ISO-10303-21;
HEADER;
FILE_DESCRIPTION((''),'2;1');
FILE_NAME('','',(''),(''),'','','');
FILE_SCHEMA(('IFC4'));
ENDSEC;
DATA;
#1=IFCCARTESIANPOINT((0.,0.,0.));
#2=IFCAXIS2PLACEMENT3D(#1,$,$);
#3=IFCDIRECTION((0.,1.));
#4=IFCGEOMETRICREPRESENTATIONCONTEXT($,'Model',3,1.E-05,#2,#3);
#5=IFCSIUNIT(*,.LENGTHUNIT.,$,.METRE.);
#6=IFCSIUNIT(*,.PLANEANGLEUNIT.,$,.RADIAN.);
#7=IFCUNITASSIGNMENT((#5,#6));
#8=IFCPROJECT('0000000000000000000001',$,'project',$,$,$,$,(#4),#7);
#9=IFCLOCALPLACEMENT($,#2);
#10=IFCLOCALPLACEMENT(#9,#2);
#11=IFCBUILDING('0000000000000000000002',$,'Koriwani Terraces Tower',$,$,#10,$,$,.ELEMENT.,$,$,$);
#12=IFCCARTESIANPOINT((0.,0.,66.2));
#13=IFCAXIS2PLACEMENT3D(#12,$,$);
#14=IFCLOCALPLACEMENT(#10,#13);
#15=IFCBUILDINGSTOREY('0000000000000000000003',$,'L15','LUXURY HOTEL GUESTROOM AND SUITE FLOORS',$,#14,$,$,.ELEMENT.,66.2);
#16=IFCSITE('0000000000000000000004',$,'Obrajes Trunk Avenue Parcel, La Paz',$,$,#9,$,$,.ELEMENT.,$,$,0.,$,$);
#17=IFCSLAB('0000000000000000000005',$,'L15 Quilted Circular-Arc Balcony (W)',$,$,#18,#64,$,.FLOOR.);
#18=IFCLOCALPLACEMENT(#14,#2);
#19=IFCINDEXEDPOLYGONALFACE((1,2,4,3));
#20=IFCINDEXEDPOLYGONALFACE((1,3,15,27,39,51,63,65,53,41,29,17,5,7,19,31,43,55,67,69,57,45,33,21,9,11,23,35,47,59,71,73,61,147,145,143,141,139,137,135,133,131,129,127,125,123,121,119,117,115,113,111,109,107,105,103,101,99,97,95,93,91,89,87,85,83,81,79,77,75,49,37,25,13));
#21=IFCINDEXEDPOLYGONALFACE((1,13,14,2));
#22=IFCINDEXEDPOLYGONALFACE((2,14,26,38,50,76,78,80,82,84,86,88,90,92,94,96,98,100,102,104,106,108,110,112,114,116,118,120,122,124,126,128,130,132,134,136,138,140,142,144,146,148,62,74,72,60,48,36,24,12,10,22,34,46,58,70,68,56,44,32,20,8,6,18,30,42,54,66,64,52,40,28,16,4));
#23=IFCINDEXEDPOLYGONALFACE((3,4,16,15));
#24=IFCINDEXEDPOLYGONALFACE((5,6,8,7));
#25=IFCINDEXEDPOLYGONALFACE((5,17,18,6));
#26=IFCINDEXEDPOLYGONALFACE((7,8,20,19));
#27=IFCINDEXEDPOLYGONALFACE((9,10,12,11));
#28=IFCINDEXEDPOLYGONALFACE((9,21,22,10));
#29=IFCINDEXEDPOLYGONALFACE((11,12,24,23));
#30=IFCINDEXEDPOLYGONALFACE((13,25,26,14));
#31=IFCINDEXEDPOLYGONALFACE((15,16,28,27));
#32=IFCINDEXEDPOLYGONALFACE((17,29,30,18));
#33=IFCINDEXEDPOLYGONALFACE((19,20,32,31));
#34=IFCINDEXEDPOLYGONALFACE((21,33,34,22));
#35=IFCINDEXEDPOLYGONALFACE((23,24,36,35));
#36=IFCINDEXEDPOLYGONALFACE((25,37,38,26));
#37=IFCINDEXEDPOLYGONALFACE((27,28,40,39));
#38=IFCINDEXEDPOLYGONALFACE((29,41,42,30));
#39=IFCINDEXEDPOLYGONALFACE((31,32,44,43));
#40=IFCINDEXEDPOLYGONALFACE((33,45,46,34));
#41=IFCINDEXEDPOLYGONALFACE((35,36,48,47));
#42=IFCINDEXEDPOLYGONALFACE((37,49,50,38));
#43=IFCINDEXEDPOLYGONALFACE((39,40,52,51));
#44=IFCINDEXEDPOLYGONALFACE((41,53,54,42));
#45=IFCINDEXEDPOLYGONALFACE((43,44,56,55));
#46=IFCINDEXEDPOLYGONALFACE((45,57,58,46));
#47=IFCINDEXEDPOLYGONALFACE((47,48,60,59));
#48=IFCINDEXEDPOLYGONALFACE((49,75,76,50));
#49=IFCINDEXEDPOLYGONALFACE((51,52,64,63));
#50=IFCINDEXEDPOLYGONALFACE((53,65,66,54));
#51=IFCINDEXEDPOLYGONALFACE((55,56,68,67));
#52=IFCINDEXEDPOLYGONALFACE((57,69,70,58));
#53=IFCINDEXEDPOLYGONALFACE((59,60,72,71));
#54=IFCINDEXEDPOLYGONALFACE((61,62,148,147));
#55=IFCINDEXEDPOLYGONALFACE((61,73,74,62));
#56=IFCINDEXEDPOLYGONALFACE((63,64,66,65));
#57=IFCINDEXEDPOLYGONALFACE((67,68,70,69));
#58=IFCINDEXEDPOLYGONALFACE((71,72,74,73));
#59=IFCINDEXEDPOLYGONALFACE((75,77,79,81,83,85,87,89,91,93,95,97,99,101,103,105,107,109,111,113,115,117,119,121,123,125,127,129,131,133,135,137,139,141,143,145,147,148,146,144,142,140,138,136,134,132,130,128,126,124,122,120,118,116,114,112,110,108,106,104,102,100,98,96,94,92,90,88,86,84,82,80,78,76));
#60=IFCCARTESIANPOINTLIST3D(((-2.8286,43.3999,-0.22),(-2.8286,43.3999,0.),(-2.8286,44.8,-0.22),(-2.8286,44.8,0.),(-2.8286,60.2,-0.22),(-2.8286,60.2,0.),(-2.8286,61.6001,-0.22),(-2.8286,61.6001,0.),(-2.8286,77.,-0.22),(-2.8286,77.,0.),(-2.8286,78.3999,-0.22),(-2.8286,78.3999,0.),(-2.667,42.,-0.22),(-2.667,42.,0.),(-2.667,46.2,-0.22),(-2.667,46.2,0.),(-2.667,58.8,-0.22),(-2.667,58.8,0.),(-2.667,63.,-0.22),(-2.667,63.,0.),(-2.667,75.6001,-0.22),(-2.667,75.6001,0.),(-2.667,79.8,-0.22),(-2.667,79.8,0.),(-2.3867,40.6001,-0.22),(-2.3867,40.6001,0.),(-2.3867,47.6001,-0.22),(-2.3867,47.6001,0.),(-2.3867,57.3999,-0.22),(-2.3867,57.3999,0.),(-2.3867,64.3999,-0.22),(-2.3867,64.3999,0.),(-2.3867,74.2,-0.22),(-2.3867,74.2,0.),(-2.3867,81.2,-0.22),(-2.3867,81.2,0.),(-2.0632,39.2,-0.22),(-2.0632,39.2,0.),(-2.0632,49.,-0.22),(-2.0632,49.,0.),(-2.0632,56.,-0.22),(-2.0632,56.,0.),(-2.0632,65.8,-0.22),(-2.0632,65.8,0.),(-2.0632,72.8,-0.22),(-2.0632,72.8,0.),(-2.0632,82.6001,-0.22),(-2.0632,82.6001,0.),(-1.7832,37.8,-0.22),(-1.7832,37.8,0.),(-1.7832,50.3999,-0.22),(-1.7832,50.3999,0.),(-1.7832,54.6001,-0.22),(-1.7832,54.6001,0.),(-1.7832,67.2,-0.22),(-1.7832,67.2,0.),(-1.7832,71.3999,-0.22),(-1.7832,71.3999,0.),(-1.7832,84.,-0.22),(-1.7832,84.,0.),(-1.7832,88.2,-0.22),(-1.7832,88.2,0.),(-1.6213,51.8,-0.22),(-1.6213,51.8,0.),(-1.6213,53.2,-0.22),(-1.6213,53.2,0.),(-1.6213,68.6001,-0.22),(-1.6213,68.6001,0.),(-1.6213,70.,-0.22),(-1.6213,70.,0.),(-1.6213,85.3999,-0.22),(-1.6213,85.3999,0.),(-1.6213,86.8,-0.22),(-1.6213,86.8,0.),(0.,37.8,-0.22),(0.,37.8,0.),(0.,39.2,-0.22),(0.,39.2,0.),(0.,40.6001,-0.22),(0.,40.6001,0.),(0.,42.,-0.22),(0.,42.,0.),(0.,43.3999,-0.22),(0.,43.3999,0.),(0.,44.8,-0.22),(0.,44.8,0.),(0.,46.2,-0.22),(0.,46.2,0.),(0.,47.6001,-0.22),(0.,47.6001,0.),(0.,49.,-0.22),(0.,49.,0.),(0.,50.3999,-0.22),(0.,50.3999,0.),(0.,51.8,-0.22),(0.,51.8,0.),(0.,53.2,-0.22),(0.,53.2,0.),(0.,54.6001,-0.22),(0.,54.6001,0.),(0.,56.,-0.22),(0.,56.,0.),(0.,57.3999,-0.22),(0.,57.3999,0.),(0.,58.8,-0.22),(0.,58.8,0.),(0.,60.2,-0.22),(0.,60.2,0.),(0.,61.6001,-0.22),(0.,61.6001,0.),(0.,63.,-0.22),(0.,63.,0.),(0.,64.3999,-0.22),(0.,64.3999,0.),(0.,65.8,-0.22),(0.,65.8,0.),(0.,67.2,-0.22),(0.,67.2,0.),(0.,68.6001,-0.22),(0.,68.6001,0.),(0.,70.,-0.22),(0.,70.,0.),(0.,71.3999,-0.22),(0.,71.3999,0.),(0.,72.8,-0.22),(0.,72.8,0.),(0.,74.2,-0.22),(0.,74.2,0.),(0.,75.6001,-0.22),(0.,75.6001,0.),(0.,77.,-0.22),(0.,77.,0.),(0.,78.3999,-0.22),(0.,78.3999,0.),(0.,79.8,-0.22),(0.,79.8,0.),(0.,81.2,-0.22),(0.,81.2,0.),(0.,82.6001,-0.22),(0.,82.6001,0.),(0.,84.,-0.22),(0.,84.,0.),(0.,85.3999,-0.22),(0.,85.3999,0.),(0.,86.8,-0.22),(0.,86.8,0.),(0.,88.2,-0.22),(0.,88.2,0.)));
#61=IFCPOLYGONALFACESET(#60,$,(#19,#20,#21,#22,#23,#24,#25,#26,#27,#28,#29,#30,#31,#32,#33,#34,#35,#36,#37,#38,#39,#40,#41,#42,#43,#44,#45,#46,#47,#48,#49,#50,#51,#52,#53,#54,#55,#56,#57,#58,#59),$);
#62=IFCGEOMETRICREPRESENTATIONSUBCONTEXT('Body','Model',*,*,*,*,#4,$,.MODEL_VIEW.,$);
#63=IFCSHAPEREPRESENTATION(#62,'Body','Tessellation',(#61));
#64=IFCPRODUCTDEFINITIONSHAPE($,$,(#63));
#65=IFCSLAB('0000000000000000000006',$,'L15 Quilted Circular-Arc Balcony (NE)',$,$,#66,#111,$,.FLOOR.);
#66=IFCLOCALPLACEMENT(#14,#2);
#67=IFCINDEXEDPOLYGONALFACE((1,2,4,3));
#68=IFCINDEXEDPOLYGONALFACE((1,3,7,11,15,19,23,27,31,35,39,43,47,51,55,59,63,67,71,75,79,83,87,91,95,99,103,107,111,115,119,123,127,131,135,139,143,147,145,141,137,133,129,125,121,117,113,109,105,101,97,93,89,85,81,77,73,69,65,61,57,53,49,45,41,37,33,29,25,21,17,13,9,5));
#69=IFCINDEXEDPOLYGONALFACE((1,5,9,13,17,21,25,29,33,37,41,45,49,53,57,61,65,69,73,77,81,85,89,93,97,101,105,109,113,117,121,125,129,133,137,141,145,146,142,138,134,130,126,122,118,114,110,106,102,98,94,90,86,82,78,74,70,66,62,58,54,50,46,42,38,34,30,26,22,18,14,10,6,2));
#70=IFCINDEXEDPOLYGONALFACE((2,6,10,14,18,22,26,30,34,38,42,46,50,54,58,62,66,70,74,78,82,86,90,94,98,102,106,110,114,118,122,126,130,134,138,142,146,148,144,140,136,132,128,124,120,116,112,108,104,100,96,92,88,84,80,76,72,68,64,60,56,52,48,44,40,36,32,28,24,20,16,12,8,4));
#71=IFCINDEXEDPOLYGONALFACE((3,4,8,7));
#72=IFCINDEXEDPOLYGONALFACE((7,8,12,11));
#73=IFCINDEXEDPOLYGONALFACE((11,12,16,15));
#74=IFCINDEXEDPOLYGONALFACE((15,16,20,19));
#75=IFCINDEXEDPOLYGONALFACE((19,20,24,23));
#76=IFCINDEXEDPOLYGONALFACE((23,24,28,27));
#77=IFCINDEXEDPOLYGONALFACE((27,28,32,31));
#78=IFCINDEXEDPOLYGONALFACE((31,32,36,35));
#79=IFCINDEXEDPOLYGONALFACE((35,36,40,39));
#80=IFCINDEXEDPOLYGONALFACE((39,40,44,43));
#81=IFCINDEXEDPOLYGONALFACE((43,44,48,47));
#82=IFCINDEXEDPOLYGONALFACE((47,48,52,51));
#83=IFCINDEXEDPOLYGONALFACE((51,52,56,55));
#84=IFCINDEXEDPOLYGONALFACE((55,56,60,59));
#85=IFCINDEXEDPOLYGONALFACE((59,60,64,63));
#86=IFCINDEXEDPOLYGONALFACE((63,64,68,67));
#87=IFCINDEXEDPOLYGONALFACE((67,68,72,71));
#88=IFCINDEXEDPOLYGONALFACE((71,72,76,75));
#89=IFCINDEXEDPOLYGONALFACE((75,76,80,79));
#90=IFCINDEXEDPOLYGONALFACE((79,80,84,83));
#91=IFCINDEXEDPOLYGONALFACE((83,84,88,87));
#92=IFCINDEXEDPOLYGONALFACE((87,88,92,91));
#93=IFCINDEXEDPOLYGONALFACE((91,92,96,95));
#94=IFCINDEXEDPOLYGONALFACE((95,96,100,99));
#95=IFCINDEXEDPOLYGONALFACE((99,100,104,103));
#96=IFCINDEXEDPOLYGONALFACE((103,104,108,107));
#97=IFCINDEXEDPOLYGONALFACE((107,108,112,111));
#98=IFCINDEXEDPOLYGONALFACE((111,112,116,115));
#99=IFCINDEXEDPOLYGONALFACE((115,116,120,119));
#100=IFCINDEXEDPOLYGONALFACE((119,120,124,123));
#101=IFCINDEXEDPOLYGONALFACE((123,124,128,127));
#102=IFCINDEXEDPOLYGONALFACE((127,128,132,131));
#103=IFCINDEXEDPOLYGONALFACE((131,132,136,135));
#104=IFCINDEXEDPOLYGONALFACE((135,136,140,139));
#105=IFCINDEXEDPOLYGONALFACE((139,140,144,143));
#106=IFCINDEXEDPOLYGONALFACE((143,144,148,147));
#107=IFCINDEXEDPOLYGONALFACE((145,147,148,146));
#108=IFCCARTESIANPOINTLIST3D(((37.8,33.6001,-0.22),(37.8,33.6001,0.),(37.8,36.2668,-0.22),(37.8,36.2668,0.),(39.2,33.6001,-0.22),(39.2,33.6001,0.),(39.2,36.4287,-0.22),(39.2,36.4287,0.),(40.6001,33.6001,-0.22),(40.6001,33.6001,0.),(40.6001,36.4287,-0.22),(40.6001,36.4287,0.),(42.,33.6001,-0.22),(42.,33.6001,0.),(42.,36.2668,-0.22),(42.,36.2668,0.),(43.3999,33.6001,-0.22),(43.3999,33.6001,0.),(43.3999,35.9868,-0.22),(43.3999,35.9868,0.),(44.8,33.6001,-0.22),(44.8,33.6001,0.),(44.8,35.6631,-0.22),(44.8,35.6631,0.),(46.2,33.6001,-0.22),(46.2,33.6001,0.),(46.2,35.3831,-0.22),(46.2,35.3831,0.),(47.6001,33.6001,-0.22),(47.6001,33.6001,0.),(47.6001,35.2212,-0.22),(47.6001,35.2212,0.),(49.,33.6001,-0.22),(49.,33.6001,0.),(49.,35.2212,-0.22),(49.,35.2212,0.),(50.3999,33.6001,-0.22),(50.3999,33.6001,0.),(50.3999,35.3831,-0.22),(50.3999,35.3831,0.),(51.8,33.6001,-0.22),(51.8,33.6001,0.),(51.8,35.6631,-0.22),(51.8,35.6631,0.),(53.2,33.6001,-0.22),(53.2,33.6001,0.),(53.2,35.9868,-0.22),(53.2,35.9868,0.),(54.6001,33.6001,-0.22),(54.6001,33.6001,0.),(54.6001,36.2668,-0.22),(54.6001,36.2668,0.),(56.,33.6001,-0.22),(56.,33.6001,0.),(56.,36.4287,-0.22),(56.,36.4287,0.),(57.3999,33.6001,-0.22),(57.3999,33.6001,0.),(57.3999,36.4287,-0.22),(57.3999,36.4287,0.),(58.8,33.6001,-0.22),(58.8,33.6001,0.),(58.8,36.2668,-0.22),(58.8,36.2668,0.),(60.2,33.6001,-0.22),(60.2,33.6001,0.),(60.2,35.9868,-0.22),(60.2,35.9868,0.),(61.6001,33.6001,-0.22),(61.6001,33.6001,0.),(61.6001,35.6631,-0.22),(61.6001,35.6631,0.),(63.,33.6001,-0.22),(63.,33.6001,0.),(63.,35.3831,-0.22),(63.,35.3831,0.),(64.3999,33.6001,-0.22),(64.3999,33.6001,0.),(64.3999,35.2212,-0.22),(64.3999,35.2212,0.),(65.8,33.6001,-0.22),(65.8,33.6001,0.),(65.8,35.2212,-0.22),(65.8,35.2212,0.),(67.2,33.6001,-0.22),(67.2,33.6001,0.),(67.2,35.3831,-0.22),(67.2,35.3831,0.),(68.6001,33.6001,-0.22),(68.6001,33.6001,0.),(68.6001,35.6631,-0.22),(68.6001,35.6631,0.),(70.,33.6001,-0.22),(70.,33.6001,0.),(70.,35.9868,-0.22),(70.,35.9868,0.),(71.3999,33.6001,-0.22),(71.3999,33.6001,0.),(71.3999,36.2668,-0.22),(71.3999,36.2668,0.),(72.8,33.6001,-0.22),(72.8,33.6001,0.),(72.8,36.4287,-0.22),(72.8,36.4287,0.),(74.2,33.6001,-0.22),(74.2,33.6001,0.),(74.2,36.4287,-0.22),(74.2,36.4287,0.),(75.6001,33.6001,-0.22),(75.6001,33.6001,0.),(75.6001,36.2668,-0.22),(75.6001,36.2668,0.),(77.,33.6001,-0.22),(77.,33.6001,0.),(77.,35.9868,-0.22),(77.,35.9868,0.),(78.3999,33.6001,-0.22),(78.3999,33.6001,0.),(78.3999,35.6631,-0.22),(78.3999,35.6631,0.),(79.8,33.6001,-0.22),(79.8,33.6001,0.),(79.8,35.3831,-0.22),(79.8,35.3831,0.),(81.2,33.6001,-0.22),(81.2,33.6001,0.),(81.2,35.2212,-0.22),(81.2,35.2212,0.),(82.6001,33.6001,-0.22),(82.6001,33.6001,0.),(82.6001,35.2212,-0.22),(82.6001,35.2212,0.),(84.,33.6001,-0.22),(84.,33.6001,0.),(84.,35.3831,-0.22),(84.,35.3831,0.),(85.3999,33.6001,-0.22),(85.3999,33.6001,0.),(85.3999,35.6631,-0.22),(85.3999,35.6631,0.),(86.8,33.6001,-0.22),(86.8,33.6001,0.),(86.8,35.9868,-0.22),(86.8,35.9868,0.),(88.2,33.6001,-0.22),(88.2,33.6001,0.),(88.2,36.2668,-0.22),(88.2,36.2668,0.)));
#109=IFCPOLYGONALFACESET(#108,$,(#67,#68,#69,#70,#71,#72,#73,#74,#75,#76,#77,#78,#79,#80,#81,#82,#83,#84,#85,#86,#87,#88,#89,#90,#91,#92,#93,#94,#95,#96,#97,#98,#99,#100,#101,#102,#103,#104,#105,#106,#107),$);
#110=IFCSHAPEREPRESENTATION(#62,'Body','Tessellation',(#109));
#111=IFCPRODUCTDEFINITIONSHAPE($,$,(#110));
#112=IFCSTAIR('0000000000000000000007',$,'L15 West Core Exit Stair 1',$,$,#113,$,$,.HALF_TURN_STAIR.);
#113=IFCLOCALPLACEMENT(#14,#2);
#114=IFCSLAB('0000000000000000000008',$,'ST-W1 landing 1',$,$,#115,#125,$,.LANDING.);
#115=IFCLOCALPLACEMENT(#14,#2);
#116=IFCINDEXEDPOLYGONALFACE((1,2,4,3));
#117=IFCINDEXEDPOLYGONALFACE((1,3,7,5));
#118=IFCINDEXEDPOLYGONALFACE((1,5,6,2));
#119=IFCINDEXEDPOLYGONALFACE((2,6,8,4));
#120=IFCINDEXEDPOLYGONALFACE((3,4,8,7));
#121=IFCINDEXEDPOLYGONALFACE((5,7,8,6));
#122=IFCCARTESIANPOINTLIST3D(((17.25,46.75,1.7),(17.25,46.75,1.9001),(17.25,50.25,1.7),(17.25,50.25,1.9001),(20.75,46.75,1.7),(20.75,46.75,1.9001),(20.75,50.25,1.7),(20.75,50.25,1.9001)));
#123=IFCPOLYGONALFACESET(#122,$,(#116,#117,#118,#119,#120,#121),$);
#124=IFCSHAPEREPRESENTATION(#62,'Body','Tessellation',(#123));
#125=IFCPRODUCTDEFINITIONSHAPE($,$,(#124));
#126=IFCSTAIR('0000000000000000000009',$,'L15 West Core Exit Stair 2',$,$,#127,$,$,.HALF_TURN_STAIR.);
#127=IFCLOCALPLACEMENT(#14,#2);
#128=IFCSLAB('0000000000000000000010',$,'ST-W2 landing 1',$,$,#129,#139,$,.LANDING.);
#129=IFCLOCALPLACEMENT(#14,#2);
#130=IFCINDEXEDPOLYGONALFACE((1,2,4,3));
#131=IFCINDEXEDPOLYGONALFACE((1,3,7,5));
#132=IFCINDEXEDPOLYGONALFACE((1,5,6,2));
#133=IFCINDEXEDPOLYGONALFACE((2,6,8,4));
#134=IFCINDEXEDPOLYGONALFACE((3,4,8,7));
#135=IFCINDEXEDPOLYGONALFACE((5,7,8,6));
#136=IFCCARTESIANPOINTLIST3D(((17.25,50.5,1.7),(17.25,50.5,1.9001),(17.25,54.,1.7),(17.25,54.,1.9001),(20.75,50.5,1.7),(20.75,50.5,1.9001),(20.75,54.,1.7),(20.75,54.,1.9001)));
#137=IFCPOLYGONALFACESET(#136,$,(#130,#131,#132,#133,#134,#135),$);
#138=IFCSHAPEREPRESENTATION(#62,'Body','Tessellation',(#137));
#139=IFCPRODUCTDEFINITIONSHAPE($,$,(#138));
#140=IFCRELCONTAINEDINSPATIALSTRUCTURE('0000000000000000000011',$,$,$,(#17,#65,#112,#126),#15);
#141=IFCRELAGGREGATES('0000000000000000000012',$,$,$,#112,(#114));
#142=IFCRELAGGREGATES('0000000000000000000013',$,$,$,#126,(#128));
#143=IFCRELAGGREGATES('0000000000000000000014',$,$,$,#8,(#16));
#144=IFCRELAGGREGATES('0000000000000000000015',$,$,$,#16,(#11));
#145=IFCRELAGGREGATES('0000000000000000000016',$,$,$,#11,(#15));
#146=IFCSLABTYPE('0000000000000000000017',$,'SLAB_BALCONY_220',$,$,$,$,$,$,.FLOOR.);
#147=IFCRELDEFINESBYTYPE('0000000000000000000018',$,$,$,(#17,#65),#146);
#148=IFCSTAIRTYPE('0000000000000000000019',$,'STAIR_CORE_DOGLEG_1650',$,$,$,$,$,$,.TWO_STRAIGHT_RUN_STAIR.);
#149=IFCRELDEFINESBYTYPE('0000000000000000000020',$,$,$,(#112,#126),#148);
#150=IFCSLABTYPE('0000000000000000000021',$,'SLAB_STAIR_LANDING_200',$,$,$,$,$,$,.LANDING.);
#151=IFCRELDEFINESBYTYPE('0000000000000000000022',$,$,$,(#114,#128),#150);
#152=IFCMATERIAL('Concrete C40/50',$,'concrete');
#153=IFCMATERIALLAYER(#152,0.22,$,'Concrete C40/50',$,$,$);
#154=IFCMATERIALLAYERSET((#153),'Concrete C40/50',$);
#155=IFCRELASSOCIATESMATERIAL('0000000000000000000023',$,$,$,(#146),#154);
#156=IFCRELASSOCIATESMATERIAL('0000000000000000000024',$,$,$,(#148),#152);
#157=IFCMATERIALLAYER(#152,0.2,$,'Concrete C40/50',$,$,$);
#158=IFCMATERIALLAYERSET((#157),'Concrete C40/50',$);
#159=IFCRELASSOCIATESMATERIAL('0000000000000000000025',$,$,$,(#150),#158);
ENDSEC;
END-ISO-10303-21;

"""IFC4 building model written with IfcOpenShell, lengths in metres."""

from ifc_helpers import new_model, si_unit, direction, frame, origin, place, context, subcontext, project, spatial, polyline, outline, extrude, material, layer, layer_set, type_object, element, aggregate, save


model = new_model("IFC4")

# Units and contexts
model_context = context("Model", 3, precision=1e-05, world=origin(), true_north=direction((0.0, 1.0)))
body_context = subcontext(model_context, "Body", "Model", "MODEL_VIEW")
ifc_project = project(units=[si_unit("LENGTHUNIT", "METRE"), si_unit("PLANEANGLEUNIT", "RADIAN")], contexts=[model_context])

# Site, building, storey
site_placement = place(None, origin())
site = spatial("IfcSite", under=ifc_project, at=site_placement, Name="Obrajes Trunk Avenue Parcel, La Paz", CompositionType="ELEMENT", RefElevation=0.0)
building_placement = place(site_placement, origin())
building = spatial("IfcBuilding", under=site, at=building_placement, Name="Koriwani Terraces Tower", CompositionType="ELEMENT")
storey_placement = place(building_placement, frame((0.0, 0.0, 66.2)))
storey = spatial("IfcBuildingStorey", under=building, at=storey_placement, Name="L15", Description="LUXURY HOTEL GUESTROOM AND SUITE FLOORS", CompositionType="ELEMENT", Elevation=66.2)

# Shared definitions
ifc_material_1 = material(Name="Concrete C40/50", Category="concrete")

# Slabs
ifc_layer_1 = layer(ifc_material_1, 0.22, Name="Concrete C40/50")
ifc_layer_set_1 = layer_set([ifc_layer_1], Name="Concrete C40/50")
slab_type_1 = type_object("IfcSlabType", Name="SLAB_BALCONY_220", PredefinedType="FLOOR", material=ifc_layer_set_1)
slab_1_placement = place(storey_placement, frame((0.0, 0.0, -0.22)))
element("IfcSlab", 1, at=slab_1_placement, inside=storey, type_object=slab_type_1, Name="L15 Quilted Circular-Arc Balcony (W)", PredefinedType="FLOOR", context=body_context, shape_type="SweptSolid", body=[
    extrude(outline(polyline([(0.0, 37.8), (0.0, 39.2), (0.0, 40.6001), (0.0, 42.0), (0.0, 43.3999), (0.0, 44.8), (0.0, 46.2), (0.0, 47.6001), (0.0, 49.0), (0.0, 50.3999), (0.0, 51.8), (0.0, 53.2), (0.0, 54.6001), (0.0, 56.0), (0.0, 57.3999), (0.0, 58.8), (0.0, 60.2), (0.0, 61.6001), (0.0, 63.0), (0.0, 64.3999), (0.0, 65.8), (0.0, 67.2), (0.0, 68.6001), (0.0, 70.0), (0.0, 71.3999), (0.0, 72.8), (0.0, 74.2), (0.0, 75.6001), (0.0, 77.0), (0.0, 78.3999), (0.0, 79.8), (0.0, 81.2), (0.0, 82.6001), (0.0, 84.0), (0.0, 85.3999), (0.0, 86.8), (0.0, 88.2), (-1.7832, 88.2), (-1.6213, 86.8), (-1.6213, 85.3999), (-1.7832, 84.0), (-2.0632, 82.6001), (-2.3867, 81.2), (-2.667, 79.8), (-2.8286, 78.3999), (-2.8286, 77.0), (-2.667, 75.6001), (-2.3867, 74.2), (-2.0632, 72.8), (-1.7832, 71.3999), (-1.6213, 70.0), (-1.6213, 68.6001), (-1.7832, 67.2), (-2.0632, 65.8), (-2.3867, 64.3999), (-2.667, 63.0), (-2.8286, 61.6001), (-2.8286, 60.2), (-2.667, 58.8), (-2.3867, 57.3999), (-2.0632, 56.0), (-1.7832, 54.6001), (-1.6213, 53.2), (-1.6213, 51.8), (-1.7832, 50.3999), (-2.0632, 49.0), (-2.3867, 47.6001), (-2.667, 46.2), (-2.8286, 44.8), (-2.8286, 43.3999), (-2.667, 42.0), (-2.3867, 40.6001), (-2.0632, 39.2), (-1.7832, 37.8), (0.0, 37.8)])), origin(), (0.0, 0.0, 1.0), 0.22),
])
slab_2_placement = place(storey_placement, frame((0.0, 0.0, -0.22)))
element("IfcSlab", 2, at=slab_2_placement, inside=storey, type_object=slab_type_1, Name="L15 Quilted Circular-Arc Balcony (NE)", PredefinedType="FLOOR", context=body_context, shape_type="SweptSolid", body=[
    extrude(outline(polyline([(88.2, 33.6001), (86.8, 33.6001), (85.3999, 33.6001), (84.0, 33.6001), (82.6001, 33.6001), (81.2, 33.6001), (79.8, 33.6001), (78.3999, 33.6001), (77.0, 33.6001), (75.6001, 33.6001), (74.2, 33.6001), (72.8, 33.6001), (71.3999, 33.6001), (70.0, 33.6001), (68.6001, 33.6001), (67.2, 33.6001), (65.8, 33.6001), (64.3999, 33.6001), (63.0, 33.6001), (61.6001, 33.6001), (60.2, 33.6001), (58.8, 33.6001), (57.3999, 33.6001), (56.0, 33.6001), (54.6001, 33.6001), (53.2, 33.6001), (51.8, 33.6001), (50.3999, 33.6001), (49.0, 33.6001), (47.6001, 33.6001), (46.2, 33.6001), (44.8, 33.6001), (43.3999, 33.6001), (42.0, 33.6001), (40.6001, 33.6001), (39.2, 33.6001), (37.8, 33.6001), (37.8, 36.2668), (39.2, 36.4287), (40.6001, 36.4287), (42.0, 36.2668), (43.3999, 35.9868), (44.8, 35.6631), (46.2, 35.3831), (47.6001, 35.2212), (49.0, 35.2212), (50.3999, 35.3831), (51.8, 35.6631), (53.2, 35.9868), (54.6001, 36.2668), (56.0, 36.4287), (57.3999, 36.4287), (58.8, 36.2668), (60.2, 35.9868), (61.6001, 35.6631), (63.0, 35.3831), (64.3999, 35.2212), (65.8, 35.2212), (67.2, 35.3831), (68.6001, 35.6631), (70.0, 35.9868), (71.3999, 36.2668), (72.8, 36.4287), (74.2, 36.4287), (75.6001, 36.2668), (77.0, 35.9868), (78.3999, 35.6631), (79.8, 35.3831), (81.2, 35.2212), (82.6001, 35.2212), (84.0, 35.3831), (85.3999, 35.6631), (86.8, 35.9868), (88.2, 36.2668), (88.2, 33.6001)])), origin(), (0.0, 0.0, 1.0), 0.22),
])

# Stairs, slabs
stair_type = type_object("IfcStairType", Name="STAIR_CORE_DOGLEG_1650", PredefinedType="TWO_STRAIGHT_RUN_STAIR", material=ifc_material_1)
stair_1_placement = place(storey_placement, origin())
stair_1 = element("IfcStair", 3, at=stair_1_placement, inside=storey, type_object=stair_type, Name="L15 West Core Exit Stair 1", PredefinedType="HALF_TURN_STAIR")
ifc_layer_2 = layer(ifc_material_1, 0.2, Name="Concrete C40/50")
ifc_layer_set_2 = layer_set([ifc_layer_2], Name="Concrete C40/50")
slab_type_2 = type_object("IfcSlabType", Name="SLAB_STAIR_LANDING_200", PredefinedType="LANDING", material=ifc_layer_set_2)
slab_3_placement = place(storey_placement, frame((0.0, 0.0, 1.7)))
slab_3 = element("IfcSlab", 4, at=slab_3_placement, type_object=slab_type_2, Name="ST-W1 landing 1", PredefinedType="LANDING", context=body_context, shape_type="SweptSolid", body=[
    extrude(outline(polyline([(20.75, 46.75), (20.75, 50.25), (17.25, 50.25), (17.25, 46.75), (20.75, 46.75)])), origin(), (0.0, 0.0, 1.0), 0.2002),
])
aggregate(stair_1, [slab_3])
stair_2_placement = place(storey_placement, origin())
stair_2 = element("IfcStair", 5, at=stair_2_placement, inside=storey, type_object=stair_type, Name="L15 West Core Exit Stair 2", PredefinedType="HALF_TURN_STAIR")
slab_4_placement = place(storey_placement, frame((0.0, 0.0, 1.7)))
slab_4 = element("IfcSlab", 6, at=slab_4_placement, type_object=slab_type_2, Name="ST-W2 landing 1", PredefinedType="LANDING", context=body_context, shape_type="SweptSolid", body=[
    extrude(outline(polyline([(17.25, 54.0), (17.25, 50.5), (20.75, 50.5), (20.75, 54.0), (17.25, 54.0)])), origin(), (0.0, 0.0, 1.0), 0.2002),
])
aggregate(stair_2, [slab_4])

save(model, "model.ifc")
